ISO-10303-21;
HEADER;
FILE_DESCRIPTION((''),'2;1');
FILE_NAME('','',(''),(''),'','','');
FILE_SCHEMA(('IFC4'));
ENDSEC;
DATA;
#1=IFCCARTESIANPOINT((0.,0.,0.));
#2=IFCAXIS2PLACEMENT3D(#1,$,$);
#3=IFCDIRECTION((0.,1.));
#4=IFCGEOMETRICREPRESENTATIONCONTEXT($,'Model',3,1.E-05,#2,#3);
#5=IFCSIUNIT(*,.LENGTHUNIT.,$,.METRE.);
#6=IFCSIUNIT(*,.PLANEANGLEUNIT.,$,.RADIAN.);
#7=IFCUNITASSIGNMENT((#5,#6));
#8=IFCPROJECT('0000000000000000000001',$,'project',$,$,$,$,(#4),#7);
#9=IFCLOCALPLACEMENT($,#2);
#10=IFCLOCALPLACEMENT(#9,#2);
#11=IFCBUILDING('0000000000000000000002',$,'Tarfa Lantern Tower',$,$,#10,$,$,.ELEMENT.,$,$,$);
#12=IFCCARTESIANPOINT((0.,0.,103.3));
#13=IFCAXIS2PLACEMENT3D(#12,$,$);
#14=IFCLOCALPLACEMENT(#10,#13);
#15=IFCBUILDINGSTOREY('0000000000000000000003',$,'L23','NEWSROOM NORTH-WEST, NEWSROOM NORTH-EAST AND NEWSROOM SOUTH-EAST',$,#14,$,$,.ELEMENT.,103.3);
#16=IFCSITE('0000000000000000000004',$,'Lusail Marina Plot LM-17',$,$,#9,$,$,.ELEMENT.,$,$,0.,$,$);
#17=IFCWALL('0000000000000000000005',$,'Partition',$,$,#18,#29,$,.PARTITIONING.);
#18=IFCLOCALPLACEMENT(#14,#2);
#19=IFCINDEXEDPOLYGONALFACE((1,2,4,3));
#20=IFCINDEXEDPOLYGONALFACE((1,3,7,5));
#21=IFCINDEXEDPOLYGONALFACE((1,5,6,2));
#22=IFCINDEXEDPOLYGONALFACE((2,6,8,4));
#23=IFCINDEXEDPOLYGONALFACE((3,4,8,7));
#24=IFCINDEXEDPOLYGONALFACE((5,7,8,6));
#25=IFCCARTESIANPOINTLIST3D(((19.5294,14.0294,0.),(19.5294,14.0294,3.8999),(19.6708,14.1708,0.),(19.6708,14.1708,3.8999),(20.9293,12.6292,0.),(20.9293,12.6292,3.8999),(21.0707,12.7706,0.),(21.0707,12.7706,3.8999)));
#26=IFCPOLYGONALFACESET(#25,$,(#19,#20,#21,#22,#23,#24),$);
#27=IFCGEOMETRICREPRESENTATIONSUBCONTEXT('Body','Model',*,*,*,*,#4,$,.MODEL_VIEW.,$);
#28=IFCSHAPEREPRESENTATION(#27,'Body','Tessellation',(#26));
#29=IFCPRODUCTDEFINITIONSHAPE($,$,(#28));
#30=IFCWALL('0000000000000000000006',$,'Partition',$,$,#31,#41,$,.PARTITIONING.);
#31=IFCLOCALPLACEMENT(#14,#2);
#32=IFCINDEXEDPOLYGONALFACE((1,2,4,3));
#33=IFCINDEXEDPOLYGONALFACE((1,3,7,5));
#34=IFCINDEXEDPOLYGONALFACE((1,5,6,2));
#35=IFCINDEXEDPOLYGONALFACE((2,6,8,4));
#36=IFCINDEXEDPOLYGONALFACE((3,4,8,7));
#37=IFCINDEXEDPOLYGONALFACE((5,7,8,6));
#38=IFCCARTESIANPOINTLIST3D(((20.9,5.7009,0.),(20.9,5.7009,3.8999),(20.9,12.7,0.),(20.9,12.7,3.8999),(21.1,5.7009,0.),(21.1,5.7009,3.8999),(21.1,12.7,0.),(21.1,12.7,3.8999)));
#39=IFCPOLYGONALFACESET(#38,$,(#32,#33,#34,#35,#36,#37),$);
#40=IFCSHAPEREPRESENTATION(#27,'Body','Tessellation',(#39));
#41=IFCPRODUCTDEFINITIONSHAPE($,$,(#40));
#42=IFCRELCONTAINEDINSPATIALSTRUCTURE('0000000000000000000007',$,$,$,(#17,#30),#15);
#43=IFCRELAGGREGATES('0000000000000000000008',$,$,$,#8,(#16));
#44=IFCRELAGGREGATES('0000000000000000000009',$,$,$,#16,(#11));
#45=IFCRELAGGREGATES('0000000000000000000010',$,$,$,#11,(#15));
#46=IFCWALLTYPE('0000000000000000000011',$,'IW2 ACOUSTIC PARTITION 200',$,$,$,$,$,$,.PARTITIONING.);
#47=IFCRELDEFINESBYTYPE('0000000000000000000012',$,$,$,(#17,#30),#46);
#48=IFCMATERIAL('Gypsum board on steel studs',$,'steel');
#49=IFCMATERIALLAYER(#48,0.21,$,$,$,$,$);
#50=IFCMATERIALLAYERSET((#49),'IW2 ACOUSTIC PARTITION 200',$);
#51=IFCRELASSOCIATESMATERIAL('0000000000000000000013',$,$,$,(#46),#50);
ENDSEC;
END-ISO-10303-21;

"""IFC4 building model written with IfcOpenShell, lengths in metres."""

from ifc_helpers import new_model, si_unit, direction, frame, frame_2d, origin, place, context, subcontext, project, spatial, rectangle, extrude, material, layer, layer_set, type_object, element, save


model = new_model("IFC4")

# Units and contexts
model_context = context("Model", 3, precision=1e-05, world=origin(), true_north=direction((0.0, 1.0)))
body_context = subcontext(model_context, "Body", "Model", "MODEL_VIEW")
ifc_project = project(units=[si_unit("LENGTHUNIT", "METRE"), si_unit("PLANEANGLEUNIT", "RADIAN")], contexts=[model_context])

# Site, building, storey
site_placement = place(None, origin())
site = spatial("IfcSite", under=ifc_project, at=site_placement, Name="Lusail Marina Plot LM-17", CompositionType="ELEMENT", RefElevation=0.0)
building_placement = place(site_placement, origin())
building = spatial("IfcBuilding", under=site, at=building_placement, Name="Tarfa Lantern Tower", CompositionType="ELEMENT")
storey_placement = place(building_placement, frame((0.0, 0.0, 103.3)))
storey = spatial("IfcBuildingStorey", under=building, at=storey_placement, Name="L23", Description="NEWSROOM NORTH-WEST, NEWSROOM NORTH-EAST AND NEWSROOM SOUTH-EAST", CompositionType="ELEMENT", Elevation=103.3)

# Walls
ifc_material_1 = material(Name="Gypsum board on steel studs", Category="steel")
ifc_layer_1 = layer(ifc_material_1, 0.21)
ifc_layer_set_1 = layer_set([ifc_layer_1], Name="IW2 ACOUSTIC PARTITION 200")
wall_type_1 = type_object("IfcWallType", Name="IW2 ACOUSTIC PARTITION 200", PredefinedType="PARTITIONING", material=ifc_layer_set_1)
wall_1_placement = place(storey_placement, frame((19.6001, 14.1001, 0.0), z_axis=(0.0, 0.0, 1.0), x_axis=(0.707045, -0.707168, 0.0)))
element("IfcWall", 1, at=wall_1_placement, inside=storey, type_object=wall_type_1, Name="Partition", PredefinedType="PARTITIONING", context=body_context, shape_type="SweptSolid", body=[
    extrude(rectangle(XDim=1.98, YDim=0.2, at=frame_2d((0.99, 0.0))), origin(), (0.0, 0.0, 1.0), 3.8999),
])
wall_2_placement = place(storey_placement, frame((21.0, 12.7, 0.0), z_axis=(0.0, 0.0, 1.0), x_axis=(0.0, -1.0, 0.0)))
element("IfcWall", 2, at=wall_2_placement, inside=storey, type_object=wall_type_1, Name="Partition", PredefinedType="PARTITIONING", context=body_context, shape_type="SweptSolid", body=[
    extrude(rectangle(XDim=6.999, YDim=0.2, at=frame_2d((3.4995, 0.0))), origin(), (0.0, 0.0, 1.0), 3.8999),
])

save(model, "model.ifc")
